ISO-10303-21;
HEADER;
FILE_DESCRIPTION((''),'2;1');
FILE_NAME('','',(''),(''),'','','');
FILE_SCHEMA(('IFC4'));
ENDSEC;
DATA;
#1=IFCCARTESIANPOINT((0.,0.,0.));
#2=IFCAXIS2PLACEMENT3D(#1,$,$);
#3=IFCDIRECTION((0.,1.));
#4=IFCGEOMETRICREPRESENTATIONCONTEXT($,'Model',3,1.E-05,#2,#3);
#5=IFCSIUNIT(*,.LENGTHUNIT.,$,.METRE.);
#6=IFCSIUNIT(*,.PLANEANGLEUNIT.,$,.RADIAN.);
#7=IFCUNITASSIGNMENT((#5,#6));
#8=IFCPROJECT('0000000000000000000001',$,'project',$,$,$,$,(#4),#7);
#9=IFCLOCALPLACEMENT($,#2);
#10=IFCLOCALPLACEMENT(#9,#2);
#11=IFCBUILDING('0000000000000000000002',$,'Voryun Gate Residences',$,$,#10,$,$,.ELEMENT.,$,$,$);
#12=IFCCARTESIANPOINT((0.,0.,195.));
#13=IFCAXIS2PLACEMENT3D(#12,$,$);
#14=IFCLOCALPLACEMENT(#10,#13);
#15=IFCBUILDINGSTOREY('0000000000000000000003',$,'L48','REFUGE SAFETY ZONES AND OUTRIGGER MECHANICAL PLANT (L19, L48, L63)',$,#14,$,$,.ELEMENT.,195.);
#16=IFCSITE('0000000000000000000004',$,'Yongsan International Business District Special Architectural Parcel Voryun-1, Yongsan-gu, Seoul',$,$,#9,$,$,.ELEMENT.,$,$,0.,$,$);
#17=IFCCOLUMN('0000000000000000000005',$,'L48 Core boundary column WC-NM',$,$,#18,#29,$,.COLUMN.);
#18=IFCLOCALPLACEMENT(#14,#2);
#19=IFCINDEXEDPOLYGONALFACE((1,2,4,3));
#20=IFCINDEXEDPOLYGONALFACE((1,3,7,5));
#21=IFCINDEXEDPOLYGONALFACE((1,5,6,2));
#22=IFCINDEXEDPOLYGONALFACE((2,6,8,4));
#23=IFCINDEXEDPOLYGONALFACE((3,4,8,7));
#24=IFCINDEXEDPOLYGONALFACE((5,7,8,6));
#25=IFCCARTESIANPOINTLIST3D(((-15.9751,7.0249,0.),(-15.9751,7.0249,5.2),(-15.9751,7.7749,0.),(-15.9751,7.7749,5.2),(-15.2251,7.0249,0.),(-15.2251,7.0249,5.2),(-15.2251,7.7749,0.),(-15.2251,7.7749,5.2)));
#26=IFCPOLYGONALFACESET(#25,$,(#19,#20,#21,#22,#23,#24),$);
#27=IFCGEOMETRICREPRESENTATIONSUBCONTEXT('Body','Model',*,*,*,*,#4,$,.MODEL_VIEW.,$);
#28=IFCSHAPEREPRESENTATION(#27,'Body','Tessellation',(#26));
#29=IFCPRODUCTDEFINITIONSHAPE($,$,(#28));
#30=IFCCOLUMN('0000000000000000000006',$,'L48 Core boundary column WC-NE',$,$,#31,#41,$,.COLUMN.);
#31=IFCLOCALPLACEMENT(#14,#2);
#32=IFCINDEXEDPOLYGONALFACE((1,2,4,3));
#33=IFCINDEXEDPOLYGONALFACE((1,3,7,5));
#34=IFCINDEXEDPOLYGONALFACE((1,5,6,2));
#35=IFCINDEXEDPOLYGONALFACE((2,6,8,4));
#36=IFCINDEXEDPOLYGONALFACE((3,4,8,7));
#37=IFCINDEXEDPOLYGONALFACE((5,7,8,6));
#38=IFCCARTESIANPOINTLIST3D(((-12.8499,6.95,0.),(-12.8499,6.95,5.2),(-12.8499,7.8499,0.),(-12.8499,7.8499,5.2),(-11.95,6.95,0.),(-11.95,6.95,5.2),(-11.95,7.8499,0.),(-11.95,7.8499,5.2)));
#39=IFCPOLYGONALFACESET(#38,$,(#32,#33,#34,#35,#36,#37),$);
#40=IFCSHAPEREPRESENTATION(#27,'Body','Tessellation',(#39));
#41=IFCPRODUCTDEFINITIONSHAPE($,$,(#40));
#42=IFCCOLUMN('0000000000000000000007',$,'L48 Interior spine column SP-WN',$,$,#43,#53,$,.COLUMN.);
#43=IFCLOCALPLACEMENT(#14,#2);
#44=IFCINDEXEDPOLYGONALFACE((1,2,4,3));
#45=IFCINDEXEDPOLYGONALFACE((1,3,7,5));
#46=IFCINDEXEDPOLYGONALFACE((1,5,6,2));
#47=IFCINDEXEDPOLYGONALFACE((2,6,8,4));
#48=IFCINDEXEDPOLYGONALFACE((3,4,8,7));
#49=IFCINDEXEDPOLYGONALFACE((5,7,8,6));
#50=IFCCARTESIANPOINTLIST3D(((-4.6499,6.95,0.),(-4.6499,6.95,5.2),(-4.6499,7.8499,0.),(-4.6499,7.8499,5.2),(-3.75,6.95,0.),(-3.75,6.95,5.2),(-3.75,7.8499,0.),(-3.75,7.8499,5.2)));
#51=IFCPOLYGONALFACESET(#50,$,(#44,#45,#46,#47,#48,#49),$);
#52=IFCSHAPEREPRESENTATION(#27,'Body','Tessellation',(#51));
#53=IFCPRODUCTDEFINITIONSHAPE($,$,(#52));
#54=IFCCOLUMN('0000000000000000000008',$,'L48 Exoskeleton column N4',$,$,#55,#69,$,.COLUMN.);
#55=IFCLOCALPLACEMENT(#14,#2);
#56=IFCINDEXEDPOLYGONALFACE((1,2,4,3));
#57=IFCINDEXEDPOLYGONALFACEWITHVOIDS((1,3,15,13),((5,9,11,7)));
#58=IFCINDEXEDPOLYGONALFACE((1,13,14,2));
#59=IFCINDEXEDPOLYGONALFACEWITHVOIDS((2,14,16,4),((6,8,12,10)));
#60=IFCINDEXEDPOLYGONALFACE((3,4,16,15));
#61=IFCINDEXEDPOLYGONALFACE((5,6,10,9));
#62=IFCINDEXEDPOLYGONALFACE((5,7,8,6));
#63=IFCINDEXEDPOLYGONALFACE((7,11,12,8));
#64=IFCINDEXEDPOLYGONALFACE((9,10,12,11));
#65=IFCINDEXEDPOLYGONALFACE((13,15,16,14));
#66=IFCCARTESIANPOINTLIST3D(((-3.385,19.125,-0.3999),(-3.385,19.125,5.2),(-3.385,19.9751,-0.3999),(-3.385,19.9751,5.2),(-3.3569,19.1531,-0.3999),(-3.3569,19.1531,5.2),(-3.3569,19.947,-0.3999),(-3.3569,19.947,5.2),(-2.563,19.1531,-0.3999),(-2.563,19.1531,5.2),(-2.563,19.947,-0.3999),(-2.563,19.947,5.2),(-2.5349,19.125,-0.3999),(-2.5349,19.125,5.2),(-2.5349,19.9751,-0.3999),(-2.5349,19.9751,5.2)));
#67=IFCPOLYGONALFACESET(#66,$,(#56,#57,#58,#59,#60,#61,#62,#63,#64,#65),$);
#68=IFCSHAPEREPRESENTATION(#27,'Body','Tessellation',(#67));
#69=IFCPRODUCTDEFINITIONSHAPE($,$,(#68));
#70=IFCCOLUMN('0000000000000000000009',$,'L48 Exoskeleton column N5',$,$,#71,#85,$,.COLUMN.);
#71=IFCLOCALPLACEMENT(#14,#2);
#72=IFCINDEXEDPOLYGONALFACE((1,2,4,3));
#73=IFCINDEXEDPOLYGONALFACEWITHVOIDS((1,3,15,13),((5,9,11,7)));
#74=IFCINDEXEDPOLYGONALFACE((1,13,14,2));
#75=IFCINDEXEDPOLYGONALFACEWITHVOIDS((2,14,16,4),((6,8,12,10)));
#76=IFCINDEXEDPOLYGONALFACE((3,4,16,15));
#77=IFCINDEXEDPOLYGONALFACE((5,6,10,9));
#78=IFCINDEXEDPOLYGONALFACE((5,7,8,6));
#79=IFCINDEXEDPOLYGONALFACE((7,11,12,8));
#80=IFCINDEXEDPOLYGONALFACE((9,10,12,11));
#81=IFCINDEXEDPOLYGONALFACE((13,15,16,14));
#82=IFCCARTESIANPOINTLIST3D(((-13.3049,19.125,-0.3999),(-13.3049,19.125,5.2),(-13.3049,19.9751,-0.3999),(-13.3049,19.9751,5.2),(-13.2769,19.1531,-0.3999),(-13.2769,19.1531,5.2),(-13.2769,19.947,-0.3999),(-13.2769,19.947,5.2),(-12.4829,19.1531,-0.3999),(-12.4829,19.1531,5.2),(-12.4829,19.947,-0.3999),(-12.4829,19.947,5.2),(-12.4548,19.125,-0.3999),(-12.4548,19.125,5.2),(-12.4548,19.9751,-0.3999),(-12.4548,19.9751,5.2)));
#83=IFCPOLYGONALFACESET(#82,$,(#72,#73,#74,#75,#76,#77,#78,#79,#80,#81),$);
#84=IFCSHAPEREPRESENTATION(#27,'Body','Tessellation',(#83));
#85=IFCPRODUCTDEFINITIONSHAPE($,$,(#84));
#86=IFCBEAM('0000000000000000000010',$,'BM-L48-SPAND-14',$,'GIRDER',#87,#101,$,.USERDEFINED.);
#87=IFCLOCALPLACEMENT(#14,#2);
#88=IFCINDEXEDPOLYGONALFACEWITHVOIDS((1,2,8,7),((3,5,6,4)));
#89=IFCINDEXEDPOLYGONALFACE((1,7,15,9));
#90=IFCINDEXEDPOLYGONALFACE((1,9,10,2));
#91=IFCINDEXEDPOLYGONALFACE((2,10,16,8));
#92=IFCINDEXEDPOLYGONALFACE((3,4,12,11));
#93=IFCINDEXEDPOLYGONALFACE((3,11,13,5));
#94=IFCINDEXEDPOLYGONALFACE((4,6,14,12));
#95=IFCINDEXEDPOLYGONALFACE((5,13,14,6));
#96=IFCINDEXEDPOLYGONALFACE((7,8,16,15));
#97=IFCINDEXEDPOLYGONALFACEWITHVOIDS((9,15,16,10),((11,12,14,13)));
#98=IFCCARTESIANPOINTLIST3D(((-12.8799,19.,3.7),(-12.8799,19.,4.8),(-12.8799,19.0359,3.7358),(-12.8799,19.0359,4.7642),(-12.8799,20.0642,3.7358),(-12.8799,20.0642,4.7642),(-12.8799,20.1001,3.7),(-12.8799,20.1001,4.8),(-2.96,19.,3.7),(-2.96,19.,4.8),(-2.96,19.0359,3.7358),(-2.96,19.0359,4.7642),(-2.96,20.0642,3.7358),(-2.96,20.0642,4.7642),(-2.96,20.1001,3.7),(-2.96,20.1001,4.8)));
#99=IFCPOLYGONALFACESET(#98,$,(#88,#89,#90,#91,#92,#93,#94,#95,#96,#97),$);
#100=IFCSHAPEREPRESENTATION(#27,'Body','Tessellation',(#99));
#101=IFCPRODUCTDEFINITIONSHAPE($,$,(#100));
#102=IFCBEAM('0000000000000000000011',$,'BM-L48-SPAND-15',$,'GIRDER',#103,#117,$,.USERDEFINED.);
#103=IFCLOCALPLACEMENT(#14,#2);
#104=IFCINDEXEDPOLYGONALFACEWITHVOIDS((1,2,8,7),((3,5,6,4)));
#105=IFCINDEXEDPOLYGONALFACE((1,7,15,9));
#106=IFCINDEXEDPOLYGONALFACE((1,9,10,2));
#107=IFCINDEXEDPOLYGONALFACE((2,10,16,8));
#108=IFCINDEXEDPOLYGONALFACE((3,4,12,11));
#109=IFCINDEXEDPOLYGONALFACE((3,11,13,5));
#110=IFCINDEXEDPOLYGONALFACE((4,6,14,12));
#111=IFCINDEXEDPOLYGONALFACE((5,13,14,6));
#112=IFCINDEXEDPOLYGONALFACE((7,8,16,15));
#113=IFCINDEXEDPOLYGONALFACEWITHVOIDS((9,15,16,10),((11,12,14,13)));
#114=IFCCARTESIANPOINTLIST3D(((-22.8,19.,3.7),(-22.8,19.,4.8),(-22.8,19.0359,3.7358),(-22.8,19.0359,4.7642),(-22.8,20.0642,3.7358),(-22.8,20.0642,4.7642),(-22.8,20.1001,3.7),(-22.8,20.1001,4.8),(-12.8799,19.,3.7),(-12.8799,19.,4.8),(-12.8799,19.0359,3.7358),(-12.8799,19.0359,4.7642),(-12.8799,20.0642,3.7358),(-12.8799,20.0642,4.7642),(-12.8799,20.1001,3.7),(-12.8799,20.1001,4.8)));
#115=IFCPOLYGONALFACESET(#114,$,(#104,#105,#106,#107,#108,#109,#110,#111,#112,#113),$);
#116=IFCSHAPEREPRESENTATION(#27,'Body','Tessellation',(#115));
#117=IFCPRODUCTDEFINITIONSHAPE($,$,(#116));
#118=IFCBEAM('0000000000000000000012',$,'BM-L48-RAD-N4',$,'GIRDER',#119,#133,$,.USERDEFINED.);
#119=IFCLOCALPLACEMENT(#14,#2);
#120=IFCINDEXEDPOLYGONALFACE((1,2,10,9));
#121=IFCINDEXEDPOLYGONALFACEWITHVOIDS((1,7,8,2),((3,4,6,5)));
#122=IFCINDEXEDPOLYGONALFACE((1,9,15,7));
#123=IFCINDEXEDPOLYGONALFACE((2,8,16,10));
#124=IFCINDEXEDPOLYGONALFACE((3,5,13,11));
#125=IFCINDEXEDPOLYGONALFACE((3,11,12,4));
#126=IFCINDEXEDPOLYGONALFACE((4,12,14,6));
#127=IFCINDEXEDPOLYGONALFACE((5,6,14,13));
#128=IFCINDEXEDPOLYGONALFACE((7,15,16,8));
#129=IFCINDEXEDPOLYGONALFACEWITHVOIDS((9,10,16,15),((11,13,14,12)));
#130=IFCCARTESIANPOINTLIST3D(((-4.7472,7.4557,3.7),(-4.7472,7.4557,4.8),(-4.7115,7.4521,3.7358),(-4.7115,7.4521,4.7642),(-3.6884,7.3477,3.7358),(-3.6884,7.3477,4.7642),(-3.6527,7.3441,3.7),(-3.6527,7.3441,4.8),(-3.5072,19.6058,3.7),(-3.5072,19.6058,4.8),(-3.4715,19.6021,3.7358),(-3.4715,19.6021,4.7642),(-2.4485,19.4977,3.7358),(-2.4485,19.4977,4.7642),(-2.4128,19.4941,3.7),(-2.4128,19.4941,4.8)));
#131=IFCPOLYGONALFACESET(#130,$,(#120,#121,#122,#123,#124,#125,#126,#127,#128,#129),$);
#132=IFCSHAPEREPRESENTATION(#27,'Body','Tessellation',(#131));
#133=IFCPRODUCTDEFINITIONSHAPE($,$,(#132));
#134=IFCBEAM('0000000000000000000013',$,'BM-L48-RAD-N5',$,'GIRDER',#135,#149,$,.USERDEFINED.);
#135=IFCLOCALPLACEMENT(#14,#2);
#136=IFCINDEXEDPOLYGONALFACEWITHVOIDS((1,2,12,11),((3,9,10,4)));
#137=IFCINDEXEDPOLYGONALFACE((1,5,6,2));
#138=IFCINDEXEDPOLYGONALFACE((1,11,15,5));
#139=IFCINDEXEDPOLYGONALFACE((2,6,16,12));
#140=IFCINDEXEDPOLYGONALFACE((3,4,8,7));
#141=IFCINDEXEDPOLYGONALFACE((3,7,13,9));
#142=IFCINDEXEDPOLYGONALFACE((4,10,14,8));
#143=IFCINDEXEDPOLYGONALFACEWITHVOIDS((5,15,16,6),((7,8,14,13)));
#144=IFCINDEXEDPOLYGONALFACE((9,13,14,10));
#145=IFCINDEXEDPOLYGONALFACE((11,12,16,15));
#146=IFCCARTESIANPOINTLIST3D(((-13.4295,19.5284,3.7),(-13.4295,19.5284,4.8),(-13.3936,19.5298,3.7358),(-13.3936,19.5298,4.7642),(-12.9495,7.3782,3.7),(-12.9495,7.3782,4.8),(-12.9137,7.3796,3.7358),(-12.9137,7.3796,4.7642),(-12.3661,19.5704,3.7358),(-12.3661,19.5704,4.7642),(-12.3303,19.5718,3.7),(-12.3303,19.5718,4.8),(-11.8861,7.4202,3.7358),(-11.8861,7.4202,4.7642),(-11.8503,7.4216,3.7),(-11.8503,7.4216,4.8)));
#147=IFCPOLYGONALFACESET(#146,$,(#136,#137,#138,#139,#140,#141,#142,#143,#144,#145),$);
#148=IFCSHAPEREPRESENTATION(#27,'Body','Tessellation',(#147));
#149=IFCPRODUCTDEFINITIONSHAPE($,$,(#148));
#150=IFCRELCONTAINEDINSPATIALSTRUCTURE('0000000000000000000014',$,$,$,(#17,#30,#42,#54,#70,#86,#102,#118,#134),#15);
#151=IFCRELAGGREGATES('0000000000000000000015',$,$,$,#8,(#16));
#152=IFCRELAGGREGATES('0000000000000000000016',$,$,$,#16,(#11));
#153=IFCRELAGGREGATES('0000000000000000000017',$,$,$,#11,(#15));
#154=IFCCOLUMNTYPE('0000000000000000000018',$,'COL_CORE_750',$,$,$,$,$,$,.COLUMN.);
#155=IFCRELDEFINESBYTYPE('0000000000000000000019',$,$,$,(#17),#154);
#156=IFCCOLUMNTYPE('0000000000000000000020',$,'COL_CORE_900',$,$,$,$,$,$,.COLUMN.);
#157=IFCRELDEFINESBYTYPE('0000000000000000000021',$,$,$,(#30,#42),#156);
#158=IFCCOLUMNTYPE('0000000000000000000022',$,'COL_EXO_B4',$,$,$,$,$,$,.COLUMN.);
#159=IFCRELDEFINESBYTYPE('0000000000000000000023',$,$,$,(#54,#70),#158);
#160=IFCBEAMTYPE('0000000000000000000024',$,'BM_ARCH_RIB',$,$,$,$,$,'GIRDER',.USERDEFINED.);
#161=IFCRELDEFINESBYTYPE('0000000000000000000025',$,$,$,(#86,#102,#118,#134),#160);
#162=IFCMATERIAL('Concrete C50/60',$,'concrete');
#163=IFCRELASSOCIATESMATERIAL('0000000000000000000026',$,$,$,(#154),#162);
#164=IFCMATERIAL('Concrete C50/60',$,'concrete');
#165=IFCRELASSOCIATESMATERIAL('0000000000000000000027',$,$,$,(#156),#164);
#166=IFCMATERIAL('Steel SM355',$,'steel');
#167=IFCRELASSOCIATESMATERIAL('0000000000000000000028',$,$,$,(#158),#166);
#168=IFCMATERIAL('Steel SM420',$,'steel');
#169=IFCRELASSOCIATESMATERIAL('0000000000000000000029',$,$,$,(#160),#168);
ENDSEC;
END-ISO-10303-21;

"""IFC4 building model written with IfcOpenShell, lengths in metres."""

from ifc_helpers import new_model, si_unit, direction, frame, origin, origin_2d, place, context, subcontext, project, spatial, rectangle, hollow_rectangle, extrude, material, material_profile, profile_set, type_object, element, save


model = new_model("IFC4")

# Units and contexts
model_context = context("Model", 3, precision=1e-05, world=origin(), true_north=direction((0.0, 1.0)))
body_context = subcontext(model_context, "Body", "Model", "MODEL_VIEW")
ifc_project = project(units=[si_unit("LENGTHUNIT", "METRE"), si_unit("PLANEANGLEUNIT", "RADIAN")], contexts=[model_context])

# Site, building, storey
site_placement = place(None, origin())
site = spatial("IfcSite", under=ifc_project, at=site_placement, Name="Yongsan International Business District Special Architectural Parcel Voryun-1, Yongsan-gu, Seoul", CompositionType="ELEMENT", RefElevation=0.0)
building_placement = place(site_placement, origin())
building = spatial("IfcBuilding", under=site, at=building_placement, Name="Voryun Gate Residences", CompositionType="ELEMENT")
storey_placement = place(building_placement, frame((0.0, 0.0, 195.0)))
storey = spatial("IfcBuildingStorey", under=building, at=storey_placement, Name="L48", Description="REFUGE SAFETY ZONES AND OUTRIGGER MECHANICAL PLANT (L19, L48, L63)", CompositionType="ELEMENT", Elevation=195.0)

# Columns
ifc_material_1 = material(Name="Concrete C50/60", Category="concrete")
ifc_material_profile_1 = material_profile(ifc_material_1, rectangle(XDim=0.75, YDim=0.75, at=origin_2d()), Name="RC-750x750")
ifc_profile_set_1 = profile_set([ifc_material_profile_1], Name="Concrete C50/60")
column_type_1 = type_object("IfcColumnType", Name="COL_CORE_750", PredefinedType="COLUMN", material=ifc_profile_set_1)
column_placement = place(storey_placement, frame((-15.6001, 7.3999, 0.0), z_axis=(0.0, 0.0, 1.0), x_axis=(1.0, 0.0, 0.0)))
element("IfcColumn", 1, at=column_placement, inside=storey, type_object=column_type_1, Name="L48 Core boundary column WC-NM", PredefinedType="COLUMN", context=body_context, shape_type="SweptSolid", body=[
    extrude(rectangle(XDim=0.75, YDim=0.75, at=origin_2d()), origin(), (0.0, 0.0, 1.0), 5.2),
])
ifc_material_2 = material(Name="Concrete C50/60", Category="concrete")
ifc_material_profile_2 = material_profile(ifc_material_2, rectangle(XDim=0.8999, YDim=0.8999, at=origin_2d()), Name="RC-900x900")
ifc_profile_set_2 = profile_set([ifc_material_profile_2], Name="Concrete C50/60")
column_type_2 = type_object("IfcColumnType", Name="COL_CORE_900", PredefinedType="COLUMN", material=ifc_profile_set_2)
for number, where, z_axis, x_axis, name in (
    (2, (-12.3999, 7.3999, 0.0), (0.0, 0.0, 1.0), (1.0, 0.0, 0.0), "L48 Core boundary column WC-NE"),
    (3, (-4.2, 7.3999, 0.0), (0.0, 0.0, 1.0), (1.0, 0.0, 0.0), "L48 Interior spine column SP-WN"),
):
    element("IfcColumn", number, at=place(storey_placement, frame(where, z_axis=z_axis, x_axis=x_axis)), inside=storey, type_object=column_type_2, Name=name, PredefinedType="COLUMN", context=body_context, shape_type="SweptSolid", body=[
        extrude(rectangle(XDim=0.8999, YDim=0.8999, at=origin_2d()), origin(), (0.0, 0.0, 1.0), 5.2),
    ])
ifc_material_3 = material(Name="Steel SM355", Category="steel")
ifc_material_profile_3 = material_profile(ifc_material_3, hollow_rectangle(XDim=0.8501, YDim=0.8501, WallThickness=0.0281, at=origin_2d()), Name="BOX-850x850x28")
ifc_profile_set_3 = profile_set([ifc_material_profile_3], Name="Steel SM355")
column_type_3 = type_object("IfcColumnType", Name="COL_EXO_B4", PredefinedType="COLUMN", material=ifc_profile_set_3)
for number, where, z_axis, x_axis, name in (
    (4, (-2.96, 19.55, -0.3999), (0.0, 0.0, 1.0), (1.0, 0.0, 0.0), "L48 Exoskeleton column N4"),
    (5, (-12.8799, 19.55, -0.3999), (0.0, 0.0, 1.0), (1.0, 0.0, 0.0), "L48 Exoskeleton column N5"),
):
    element("IfcColumn", number, at=place(storey_placement, frame(where, z_axis=z_axis, x_axis=x_axis)), inside=storey, type_object=column_type_3, Name=name, PredefinedType="COLUMN", context=body_context, shape_type="SweptSolid", body=[
        extrude(hollow_rectangle(XDim=0.8501, YDim=0.8501, WallThickness=0.0281, at=origin_2d()), origin(), (0.0, 0.0, 1.0), 5.5999),
    ])

# Beams
ifc_material_4 = material(Name="Steel SM420", Category="steel")
ifc_material_profile_4 = material_profile(ifc_material_4, hollow_rectangle(XDim=1.1001, YDim=1.1001, WallThickness=0.0359, at=origin_2d()), Name="BOX-1100x1100x36")
ifc_profile_set_4 = profile_set([ifc_material_profile_4], Name="Steel SM420")
beam_type_1 = type_object("IfcBeamType", Name="BM_ARCH_RIB", ElementType="GIRDER", PredefinedType="USERDEFINED", material=ifc_profile_set_4)
beam_1_placement = place(storey_placement, frame((-2.96, 19.55, 4.25), z_axis=(-1.0, 0.0, 0.0), x_axis=(0.0, -1.0, 0.0)))
element("IfcBeam", 6, at=beam_1_placement, inside=storey, type_object=beam_type_1, Name="BM-L48-SPAND-14", ObjectType="GIRDER", PredefinedType="USERDEFINED", context=body_context, shape_type="SweptSolid", body=[
    extrude(hollow_rectangle(XDim=1.1001, YDim=1.1001, WallThickness=0.0359, at=origin_2d()), origin(), (0.0, 0.0, 1.0), 9.9199),
])
beam_2_placement = place(storey_placement, frame((-12.8799, 19.55, 4.25), z_axis=(-1.0, 0.0, 0.0), x_axis=(0.0, -1.0, 0.0)))
element("IfcBeam", 7, at=beam_2_placement, inside=storey, type_object=beam_type_1, Name="BM-L48-SPAND-15", ObjectType="GIRDER", PredefinedType="USERDEFINED", context=body_context, shape_type="SweptSolid", body=[
    extrude(hollow_rectangle(XDim=1.1001, YDim=1.1001, WallThickness=0.0359, at=origin_2d()), origin(), (0.0, 0.0, 1.0), 9.9202),
])
beam_3_placement = place(storey_placement, frame((-4.2, 7.3999, 4.25), z_axis=(0.101528, 0.994833, 0.0), x_axis=(-0.994833, 0.101528, 0.0)))
element("IfcBeam", 8, at=beam_3_placement, inside=storey, type_object=beam_type_1, Name="BM-L48-RAD-N4", ObjectType="GIRDER", PredefinedType="USERDEFINED", context=body_context, shape_type="SweptSolid", body=[
    extrude(hollow_rectangle(XDim=1.1001, YDim=1.1001, WallThickness=0.0359, at=origin_2d()), origin(), (0.0, 0.0, 1.0), 12.2131),
])
beam_4_placement = place(storey_placement, frame((-12.3999, 7.3999, 4.25), z_axis=(-0.039473, 0.999221, 0.0), x_axis=(-0.999221, -0.039473, 0.0)))
element("IfcBeam", 9, at=beam_4_placement, inside=storey, type_object=beam_type_1, Name="BM-L48-RAD-N5", ObjectType="GIRDER", PredefinedType="USERDEFINED", context=body_context, shape_type="SweptSolid", body=[
    extrude(hollow_rectangle(XDim=1.1001, YDim=1.1001, WallThickness=0.0359, at=origin_2d()), origin(), (0.0, 0.0, 1.0), 12.1597),
])

save(model, "model.ifc")
